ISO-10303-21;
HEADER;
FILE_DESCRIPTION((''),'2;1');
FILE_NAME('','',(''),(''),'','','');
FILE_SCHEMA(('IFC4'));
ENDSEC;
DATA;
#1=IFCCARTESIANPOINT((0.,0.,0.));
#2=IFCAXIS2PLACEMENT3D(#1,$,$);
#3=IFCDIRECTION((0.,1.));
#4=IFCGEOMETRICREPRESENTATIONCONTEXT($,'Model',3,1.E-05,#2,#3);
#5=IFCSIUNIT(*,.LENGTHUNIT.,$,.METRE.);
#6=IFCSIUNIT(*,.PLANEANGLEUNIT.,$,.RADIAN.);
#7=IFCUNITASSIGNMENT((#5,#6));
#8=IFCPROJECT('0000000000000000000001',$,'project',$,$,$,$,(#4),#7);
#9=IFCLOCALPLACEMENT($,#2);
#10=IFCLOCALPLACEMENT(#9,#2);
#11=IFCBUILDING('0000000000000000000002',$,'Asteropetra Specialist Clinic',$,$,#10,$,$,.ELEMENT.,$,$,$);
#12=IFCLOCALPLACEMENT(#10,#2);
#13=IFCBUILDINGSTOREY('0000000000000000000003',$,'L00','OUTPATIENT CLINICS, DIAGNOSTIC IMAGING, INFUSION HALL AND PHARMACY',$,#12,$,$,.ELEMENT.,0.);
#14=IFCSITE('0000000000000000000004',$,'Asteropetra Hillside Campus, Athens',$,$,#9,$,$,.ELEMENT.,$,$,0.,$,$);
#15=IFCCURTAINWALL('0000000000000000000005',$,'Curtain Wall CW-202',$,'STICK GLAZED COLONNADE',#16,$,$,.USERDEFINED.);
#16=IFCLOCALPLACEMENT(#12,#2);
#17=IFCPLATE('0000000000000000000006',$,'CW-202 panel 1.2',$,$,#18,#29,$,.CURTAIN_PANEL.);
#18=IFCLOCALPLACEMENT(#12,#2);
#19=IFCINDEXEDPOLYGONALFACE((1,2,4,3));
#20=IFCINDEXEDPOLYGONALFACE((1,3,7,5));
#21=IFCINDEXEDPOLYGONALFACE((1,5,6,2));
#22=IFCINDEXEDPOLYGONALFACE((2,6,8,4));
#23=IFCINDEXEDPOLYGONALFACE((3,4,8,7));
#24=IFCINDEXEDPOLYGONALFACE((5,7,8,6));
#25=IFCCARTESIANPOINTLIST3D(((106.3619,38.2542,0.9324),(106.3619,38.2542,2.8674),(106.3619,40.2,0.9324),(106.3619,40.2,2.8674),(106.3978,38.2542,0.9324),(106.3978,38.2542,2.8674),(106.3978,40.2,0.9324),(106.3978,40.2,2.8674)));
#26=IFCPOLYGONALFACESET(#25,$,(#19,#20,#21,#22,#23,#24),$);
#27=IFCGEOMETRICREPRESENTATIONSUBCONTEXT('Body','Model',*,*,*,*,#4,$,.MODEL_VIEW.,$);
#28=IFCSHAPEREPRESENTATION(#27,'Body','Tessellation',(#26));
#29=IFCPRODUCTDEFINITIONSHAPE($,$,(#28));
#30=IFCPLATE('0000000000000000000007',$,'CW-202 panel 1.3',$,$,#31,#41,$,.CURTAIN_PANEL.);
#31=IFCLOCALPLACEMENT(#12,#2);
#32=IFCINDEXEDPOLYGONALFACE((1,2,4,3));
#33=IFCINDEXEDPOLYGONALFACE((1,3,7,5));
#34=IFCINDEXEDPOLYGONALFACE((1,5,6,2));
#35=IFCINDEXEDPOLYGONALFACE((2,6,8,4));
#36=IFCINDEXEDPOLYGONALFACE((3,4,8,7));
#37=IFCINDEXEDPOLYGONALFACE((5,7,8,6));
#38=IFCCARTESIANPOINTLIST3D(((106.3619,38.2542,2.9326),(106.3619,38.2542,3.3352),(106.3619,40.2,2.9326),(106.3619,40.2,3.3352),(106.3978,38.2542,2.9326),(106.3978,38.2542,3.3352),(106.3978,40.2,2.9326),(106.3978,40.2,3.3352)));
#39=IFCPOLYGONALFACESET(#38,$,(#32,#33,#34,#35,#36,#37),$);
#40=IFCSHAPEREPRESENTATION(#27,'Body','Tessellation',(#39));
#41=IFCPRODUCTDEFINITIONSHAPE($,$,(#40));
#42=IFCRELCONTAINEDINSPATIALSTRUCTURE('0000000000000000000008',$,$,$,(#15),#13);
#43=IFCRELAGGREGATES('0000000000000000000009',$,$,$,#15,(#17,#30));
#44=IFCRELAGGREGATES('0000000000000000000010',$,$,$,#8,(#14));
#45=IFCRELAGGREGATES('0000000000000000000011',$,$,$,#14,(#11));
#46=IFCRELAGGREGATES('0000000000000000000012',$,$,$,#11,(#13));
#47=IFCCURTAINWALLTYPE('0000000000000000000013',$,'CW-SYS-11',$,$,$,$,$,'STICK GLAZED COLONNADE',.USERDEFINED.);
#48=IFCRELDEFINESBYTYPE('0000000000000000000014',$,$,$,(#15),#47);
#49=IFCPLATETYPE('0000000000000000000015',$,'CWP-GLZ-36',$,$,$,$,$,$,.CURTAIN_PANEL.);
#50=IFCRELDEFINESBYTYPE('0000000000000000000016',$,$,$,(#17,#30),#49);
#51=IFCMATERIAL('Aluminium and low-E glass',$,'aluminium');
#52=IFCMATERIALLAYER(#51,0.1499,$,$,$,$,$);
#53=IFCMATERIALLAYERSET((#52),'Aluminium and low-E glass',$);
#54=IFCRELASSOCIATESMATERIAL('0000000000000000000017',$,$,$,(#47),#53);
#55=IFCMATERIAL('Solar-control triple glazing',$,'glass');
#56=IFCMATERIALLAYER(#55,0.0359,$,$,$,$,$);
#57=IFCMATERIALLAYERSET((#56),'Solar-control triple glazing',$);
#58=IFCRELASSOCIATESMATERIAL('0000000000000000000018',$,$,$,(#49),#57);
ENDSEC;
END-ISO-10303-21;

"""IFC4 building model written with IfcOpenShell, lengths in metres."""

from ifc_helpers import new_model, si_unit, direction, frame, origin, origin_2d, place, context, subcontext, project, spatial, rectangle, extrude, material, layer, layer_set, type_object, element, aggregate, save


model = new_model("IFC4")

# Units and contexts
model_context = context("Model", 3, precision=1e-05, world=origin(), true_north=direction((0.0, 1.0)))
body_context = subcontext(model_context, "Body", "Model", "MODEL_VIEW")
ifc_project = project(units=[si_unit("LENGTHUNIT", "METRE"), si_unit("PLANEANGLEUNIT", "RADIAN")], contexts=[model_context])

# Site, building, storey
site_placement = place(None, origin())
site = spatial("IfcSite", under=ifc_project, at=site_placement, Name="Asteropetra Hillside Campus, Athens", CompositionType="ELEMENT", RefElevation=0.0)
building_placement = place(site_placement, origin())
building = spatial("IfcBuilding", under=site, at=building_placement, Name="Asteropetra Specialist Clinic", CompositionType="ELEMENT")
storey_placement = place(building_placement, origin())
storey = spatial("IfcBuildingStorey", under=building, at=storey_placement, Name="L00", Description="OUTPATIENT CLINICS, DIAGNOSTIC IMAGING, INFUSION HALL AND PHARMACY", CompositionType="ELEMENT", Elevation=0.0)

# Curtain wall
ifc_material_1 = material(Name="Aluminium and low-E glass", Category="aluminium")
ifc_layer_1 = layer(ifc_material_1, 0.1499)
ifc_layer_set_1 = layer_set([ifc_layer_1], Name="Aluminium and low-E glass")
curtain_wall_type_1 = type_object("IfcCurtainWallType", Name="CW-SYS-11", ElementType="STICK GLAZED COLONNADE", PredefinedType="USERDEFINED", material=ifc_layer_set_1)
curtain_wall_1_placement = place(storey_placement, origin())
curtain_wall_1 = element("IfcCurtainWall", 1, at=curtain_wall_1_placement, inside=storey, type_object=curtain_wall_type_1, Name="Curtain Wall CW-202", ObjectType="STICK GLAZED COLONNADE", PredefinedType="USERDEFINED")

# Plates
ifc_material_2 = material(Name="Solar-control triple glazing", Category="glass")
ifc_layer_2 = layer(ifc_material_2, 0.0359)
ifc_layer_set_2 = layer_set([ifc_layer_2], Name="Solar-control triple glazing")
plate_type_1 = type_object("IfcPlateType", Name="CWP-GLZ-36", PredefinedType="CURTAIN_PANEL", material=ifc_layer_set_2)
plate_1_placement = place(storey_placement, frame((106.3799, 39.2271, 0.9324), z_axis=(0.0, 0.0, 1.0), x_axis=(0.0, -1.0, 0.0)))
plate_1 = element("IfcPlate", 2, at=plate_1_placement, type_object=plate_type_1, Name="CW-202 panel 1.2", PredefinedType="CURTAIN_PANEL", context=body_context, shape_type="SweptSolid", body=[
    extrude(rectangle(XDim=1.9458, YDim=0.0359, at=origin_2d()), origin(), (0.0, 0.0, 1.0), 1.9351),
])
plate_2_placement = place(storey_placement, frame((106.3799, 39.2271, 2.9326), z_axis=(0.0, 0.0, 1.0), x_axis=(0.0, -1.0, 0.0)))
plate_2 = element("IfcPlate", 3, at=plate_2_placement, type_object=plate_type_1, Name="CW-202 panel 1.3", PredefinedType="CURTAIN_PANEL", context=body_context, shape_type="SweptSolid", body=[
    extrude(rectangle(XDim=1.9458, YDim=0.0359, at=origin_2d()), origin(), (0.0, 0.0, 1.0), 0.4026),
])
aggregate(curtain_wall_1, [plate_1, plate_2])

save(model, "model.ifc")
